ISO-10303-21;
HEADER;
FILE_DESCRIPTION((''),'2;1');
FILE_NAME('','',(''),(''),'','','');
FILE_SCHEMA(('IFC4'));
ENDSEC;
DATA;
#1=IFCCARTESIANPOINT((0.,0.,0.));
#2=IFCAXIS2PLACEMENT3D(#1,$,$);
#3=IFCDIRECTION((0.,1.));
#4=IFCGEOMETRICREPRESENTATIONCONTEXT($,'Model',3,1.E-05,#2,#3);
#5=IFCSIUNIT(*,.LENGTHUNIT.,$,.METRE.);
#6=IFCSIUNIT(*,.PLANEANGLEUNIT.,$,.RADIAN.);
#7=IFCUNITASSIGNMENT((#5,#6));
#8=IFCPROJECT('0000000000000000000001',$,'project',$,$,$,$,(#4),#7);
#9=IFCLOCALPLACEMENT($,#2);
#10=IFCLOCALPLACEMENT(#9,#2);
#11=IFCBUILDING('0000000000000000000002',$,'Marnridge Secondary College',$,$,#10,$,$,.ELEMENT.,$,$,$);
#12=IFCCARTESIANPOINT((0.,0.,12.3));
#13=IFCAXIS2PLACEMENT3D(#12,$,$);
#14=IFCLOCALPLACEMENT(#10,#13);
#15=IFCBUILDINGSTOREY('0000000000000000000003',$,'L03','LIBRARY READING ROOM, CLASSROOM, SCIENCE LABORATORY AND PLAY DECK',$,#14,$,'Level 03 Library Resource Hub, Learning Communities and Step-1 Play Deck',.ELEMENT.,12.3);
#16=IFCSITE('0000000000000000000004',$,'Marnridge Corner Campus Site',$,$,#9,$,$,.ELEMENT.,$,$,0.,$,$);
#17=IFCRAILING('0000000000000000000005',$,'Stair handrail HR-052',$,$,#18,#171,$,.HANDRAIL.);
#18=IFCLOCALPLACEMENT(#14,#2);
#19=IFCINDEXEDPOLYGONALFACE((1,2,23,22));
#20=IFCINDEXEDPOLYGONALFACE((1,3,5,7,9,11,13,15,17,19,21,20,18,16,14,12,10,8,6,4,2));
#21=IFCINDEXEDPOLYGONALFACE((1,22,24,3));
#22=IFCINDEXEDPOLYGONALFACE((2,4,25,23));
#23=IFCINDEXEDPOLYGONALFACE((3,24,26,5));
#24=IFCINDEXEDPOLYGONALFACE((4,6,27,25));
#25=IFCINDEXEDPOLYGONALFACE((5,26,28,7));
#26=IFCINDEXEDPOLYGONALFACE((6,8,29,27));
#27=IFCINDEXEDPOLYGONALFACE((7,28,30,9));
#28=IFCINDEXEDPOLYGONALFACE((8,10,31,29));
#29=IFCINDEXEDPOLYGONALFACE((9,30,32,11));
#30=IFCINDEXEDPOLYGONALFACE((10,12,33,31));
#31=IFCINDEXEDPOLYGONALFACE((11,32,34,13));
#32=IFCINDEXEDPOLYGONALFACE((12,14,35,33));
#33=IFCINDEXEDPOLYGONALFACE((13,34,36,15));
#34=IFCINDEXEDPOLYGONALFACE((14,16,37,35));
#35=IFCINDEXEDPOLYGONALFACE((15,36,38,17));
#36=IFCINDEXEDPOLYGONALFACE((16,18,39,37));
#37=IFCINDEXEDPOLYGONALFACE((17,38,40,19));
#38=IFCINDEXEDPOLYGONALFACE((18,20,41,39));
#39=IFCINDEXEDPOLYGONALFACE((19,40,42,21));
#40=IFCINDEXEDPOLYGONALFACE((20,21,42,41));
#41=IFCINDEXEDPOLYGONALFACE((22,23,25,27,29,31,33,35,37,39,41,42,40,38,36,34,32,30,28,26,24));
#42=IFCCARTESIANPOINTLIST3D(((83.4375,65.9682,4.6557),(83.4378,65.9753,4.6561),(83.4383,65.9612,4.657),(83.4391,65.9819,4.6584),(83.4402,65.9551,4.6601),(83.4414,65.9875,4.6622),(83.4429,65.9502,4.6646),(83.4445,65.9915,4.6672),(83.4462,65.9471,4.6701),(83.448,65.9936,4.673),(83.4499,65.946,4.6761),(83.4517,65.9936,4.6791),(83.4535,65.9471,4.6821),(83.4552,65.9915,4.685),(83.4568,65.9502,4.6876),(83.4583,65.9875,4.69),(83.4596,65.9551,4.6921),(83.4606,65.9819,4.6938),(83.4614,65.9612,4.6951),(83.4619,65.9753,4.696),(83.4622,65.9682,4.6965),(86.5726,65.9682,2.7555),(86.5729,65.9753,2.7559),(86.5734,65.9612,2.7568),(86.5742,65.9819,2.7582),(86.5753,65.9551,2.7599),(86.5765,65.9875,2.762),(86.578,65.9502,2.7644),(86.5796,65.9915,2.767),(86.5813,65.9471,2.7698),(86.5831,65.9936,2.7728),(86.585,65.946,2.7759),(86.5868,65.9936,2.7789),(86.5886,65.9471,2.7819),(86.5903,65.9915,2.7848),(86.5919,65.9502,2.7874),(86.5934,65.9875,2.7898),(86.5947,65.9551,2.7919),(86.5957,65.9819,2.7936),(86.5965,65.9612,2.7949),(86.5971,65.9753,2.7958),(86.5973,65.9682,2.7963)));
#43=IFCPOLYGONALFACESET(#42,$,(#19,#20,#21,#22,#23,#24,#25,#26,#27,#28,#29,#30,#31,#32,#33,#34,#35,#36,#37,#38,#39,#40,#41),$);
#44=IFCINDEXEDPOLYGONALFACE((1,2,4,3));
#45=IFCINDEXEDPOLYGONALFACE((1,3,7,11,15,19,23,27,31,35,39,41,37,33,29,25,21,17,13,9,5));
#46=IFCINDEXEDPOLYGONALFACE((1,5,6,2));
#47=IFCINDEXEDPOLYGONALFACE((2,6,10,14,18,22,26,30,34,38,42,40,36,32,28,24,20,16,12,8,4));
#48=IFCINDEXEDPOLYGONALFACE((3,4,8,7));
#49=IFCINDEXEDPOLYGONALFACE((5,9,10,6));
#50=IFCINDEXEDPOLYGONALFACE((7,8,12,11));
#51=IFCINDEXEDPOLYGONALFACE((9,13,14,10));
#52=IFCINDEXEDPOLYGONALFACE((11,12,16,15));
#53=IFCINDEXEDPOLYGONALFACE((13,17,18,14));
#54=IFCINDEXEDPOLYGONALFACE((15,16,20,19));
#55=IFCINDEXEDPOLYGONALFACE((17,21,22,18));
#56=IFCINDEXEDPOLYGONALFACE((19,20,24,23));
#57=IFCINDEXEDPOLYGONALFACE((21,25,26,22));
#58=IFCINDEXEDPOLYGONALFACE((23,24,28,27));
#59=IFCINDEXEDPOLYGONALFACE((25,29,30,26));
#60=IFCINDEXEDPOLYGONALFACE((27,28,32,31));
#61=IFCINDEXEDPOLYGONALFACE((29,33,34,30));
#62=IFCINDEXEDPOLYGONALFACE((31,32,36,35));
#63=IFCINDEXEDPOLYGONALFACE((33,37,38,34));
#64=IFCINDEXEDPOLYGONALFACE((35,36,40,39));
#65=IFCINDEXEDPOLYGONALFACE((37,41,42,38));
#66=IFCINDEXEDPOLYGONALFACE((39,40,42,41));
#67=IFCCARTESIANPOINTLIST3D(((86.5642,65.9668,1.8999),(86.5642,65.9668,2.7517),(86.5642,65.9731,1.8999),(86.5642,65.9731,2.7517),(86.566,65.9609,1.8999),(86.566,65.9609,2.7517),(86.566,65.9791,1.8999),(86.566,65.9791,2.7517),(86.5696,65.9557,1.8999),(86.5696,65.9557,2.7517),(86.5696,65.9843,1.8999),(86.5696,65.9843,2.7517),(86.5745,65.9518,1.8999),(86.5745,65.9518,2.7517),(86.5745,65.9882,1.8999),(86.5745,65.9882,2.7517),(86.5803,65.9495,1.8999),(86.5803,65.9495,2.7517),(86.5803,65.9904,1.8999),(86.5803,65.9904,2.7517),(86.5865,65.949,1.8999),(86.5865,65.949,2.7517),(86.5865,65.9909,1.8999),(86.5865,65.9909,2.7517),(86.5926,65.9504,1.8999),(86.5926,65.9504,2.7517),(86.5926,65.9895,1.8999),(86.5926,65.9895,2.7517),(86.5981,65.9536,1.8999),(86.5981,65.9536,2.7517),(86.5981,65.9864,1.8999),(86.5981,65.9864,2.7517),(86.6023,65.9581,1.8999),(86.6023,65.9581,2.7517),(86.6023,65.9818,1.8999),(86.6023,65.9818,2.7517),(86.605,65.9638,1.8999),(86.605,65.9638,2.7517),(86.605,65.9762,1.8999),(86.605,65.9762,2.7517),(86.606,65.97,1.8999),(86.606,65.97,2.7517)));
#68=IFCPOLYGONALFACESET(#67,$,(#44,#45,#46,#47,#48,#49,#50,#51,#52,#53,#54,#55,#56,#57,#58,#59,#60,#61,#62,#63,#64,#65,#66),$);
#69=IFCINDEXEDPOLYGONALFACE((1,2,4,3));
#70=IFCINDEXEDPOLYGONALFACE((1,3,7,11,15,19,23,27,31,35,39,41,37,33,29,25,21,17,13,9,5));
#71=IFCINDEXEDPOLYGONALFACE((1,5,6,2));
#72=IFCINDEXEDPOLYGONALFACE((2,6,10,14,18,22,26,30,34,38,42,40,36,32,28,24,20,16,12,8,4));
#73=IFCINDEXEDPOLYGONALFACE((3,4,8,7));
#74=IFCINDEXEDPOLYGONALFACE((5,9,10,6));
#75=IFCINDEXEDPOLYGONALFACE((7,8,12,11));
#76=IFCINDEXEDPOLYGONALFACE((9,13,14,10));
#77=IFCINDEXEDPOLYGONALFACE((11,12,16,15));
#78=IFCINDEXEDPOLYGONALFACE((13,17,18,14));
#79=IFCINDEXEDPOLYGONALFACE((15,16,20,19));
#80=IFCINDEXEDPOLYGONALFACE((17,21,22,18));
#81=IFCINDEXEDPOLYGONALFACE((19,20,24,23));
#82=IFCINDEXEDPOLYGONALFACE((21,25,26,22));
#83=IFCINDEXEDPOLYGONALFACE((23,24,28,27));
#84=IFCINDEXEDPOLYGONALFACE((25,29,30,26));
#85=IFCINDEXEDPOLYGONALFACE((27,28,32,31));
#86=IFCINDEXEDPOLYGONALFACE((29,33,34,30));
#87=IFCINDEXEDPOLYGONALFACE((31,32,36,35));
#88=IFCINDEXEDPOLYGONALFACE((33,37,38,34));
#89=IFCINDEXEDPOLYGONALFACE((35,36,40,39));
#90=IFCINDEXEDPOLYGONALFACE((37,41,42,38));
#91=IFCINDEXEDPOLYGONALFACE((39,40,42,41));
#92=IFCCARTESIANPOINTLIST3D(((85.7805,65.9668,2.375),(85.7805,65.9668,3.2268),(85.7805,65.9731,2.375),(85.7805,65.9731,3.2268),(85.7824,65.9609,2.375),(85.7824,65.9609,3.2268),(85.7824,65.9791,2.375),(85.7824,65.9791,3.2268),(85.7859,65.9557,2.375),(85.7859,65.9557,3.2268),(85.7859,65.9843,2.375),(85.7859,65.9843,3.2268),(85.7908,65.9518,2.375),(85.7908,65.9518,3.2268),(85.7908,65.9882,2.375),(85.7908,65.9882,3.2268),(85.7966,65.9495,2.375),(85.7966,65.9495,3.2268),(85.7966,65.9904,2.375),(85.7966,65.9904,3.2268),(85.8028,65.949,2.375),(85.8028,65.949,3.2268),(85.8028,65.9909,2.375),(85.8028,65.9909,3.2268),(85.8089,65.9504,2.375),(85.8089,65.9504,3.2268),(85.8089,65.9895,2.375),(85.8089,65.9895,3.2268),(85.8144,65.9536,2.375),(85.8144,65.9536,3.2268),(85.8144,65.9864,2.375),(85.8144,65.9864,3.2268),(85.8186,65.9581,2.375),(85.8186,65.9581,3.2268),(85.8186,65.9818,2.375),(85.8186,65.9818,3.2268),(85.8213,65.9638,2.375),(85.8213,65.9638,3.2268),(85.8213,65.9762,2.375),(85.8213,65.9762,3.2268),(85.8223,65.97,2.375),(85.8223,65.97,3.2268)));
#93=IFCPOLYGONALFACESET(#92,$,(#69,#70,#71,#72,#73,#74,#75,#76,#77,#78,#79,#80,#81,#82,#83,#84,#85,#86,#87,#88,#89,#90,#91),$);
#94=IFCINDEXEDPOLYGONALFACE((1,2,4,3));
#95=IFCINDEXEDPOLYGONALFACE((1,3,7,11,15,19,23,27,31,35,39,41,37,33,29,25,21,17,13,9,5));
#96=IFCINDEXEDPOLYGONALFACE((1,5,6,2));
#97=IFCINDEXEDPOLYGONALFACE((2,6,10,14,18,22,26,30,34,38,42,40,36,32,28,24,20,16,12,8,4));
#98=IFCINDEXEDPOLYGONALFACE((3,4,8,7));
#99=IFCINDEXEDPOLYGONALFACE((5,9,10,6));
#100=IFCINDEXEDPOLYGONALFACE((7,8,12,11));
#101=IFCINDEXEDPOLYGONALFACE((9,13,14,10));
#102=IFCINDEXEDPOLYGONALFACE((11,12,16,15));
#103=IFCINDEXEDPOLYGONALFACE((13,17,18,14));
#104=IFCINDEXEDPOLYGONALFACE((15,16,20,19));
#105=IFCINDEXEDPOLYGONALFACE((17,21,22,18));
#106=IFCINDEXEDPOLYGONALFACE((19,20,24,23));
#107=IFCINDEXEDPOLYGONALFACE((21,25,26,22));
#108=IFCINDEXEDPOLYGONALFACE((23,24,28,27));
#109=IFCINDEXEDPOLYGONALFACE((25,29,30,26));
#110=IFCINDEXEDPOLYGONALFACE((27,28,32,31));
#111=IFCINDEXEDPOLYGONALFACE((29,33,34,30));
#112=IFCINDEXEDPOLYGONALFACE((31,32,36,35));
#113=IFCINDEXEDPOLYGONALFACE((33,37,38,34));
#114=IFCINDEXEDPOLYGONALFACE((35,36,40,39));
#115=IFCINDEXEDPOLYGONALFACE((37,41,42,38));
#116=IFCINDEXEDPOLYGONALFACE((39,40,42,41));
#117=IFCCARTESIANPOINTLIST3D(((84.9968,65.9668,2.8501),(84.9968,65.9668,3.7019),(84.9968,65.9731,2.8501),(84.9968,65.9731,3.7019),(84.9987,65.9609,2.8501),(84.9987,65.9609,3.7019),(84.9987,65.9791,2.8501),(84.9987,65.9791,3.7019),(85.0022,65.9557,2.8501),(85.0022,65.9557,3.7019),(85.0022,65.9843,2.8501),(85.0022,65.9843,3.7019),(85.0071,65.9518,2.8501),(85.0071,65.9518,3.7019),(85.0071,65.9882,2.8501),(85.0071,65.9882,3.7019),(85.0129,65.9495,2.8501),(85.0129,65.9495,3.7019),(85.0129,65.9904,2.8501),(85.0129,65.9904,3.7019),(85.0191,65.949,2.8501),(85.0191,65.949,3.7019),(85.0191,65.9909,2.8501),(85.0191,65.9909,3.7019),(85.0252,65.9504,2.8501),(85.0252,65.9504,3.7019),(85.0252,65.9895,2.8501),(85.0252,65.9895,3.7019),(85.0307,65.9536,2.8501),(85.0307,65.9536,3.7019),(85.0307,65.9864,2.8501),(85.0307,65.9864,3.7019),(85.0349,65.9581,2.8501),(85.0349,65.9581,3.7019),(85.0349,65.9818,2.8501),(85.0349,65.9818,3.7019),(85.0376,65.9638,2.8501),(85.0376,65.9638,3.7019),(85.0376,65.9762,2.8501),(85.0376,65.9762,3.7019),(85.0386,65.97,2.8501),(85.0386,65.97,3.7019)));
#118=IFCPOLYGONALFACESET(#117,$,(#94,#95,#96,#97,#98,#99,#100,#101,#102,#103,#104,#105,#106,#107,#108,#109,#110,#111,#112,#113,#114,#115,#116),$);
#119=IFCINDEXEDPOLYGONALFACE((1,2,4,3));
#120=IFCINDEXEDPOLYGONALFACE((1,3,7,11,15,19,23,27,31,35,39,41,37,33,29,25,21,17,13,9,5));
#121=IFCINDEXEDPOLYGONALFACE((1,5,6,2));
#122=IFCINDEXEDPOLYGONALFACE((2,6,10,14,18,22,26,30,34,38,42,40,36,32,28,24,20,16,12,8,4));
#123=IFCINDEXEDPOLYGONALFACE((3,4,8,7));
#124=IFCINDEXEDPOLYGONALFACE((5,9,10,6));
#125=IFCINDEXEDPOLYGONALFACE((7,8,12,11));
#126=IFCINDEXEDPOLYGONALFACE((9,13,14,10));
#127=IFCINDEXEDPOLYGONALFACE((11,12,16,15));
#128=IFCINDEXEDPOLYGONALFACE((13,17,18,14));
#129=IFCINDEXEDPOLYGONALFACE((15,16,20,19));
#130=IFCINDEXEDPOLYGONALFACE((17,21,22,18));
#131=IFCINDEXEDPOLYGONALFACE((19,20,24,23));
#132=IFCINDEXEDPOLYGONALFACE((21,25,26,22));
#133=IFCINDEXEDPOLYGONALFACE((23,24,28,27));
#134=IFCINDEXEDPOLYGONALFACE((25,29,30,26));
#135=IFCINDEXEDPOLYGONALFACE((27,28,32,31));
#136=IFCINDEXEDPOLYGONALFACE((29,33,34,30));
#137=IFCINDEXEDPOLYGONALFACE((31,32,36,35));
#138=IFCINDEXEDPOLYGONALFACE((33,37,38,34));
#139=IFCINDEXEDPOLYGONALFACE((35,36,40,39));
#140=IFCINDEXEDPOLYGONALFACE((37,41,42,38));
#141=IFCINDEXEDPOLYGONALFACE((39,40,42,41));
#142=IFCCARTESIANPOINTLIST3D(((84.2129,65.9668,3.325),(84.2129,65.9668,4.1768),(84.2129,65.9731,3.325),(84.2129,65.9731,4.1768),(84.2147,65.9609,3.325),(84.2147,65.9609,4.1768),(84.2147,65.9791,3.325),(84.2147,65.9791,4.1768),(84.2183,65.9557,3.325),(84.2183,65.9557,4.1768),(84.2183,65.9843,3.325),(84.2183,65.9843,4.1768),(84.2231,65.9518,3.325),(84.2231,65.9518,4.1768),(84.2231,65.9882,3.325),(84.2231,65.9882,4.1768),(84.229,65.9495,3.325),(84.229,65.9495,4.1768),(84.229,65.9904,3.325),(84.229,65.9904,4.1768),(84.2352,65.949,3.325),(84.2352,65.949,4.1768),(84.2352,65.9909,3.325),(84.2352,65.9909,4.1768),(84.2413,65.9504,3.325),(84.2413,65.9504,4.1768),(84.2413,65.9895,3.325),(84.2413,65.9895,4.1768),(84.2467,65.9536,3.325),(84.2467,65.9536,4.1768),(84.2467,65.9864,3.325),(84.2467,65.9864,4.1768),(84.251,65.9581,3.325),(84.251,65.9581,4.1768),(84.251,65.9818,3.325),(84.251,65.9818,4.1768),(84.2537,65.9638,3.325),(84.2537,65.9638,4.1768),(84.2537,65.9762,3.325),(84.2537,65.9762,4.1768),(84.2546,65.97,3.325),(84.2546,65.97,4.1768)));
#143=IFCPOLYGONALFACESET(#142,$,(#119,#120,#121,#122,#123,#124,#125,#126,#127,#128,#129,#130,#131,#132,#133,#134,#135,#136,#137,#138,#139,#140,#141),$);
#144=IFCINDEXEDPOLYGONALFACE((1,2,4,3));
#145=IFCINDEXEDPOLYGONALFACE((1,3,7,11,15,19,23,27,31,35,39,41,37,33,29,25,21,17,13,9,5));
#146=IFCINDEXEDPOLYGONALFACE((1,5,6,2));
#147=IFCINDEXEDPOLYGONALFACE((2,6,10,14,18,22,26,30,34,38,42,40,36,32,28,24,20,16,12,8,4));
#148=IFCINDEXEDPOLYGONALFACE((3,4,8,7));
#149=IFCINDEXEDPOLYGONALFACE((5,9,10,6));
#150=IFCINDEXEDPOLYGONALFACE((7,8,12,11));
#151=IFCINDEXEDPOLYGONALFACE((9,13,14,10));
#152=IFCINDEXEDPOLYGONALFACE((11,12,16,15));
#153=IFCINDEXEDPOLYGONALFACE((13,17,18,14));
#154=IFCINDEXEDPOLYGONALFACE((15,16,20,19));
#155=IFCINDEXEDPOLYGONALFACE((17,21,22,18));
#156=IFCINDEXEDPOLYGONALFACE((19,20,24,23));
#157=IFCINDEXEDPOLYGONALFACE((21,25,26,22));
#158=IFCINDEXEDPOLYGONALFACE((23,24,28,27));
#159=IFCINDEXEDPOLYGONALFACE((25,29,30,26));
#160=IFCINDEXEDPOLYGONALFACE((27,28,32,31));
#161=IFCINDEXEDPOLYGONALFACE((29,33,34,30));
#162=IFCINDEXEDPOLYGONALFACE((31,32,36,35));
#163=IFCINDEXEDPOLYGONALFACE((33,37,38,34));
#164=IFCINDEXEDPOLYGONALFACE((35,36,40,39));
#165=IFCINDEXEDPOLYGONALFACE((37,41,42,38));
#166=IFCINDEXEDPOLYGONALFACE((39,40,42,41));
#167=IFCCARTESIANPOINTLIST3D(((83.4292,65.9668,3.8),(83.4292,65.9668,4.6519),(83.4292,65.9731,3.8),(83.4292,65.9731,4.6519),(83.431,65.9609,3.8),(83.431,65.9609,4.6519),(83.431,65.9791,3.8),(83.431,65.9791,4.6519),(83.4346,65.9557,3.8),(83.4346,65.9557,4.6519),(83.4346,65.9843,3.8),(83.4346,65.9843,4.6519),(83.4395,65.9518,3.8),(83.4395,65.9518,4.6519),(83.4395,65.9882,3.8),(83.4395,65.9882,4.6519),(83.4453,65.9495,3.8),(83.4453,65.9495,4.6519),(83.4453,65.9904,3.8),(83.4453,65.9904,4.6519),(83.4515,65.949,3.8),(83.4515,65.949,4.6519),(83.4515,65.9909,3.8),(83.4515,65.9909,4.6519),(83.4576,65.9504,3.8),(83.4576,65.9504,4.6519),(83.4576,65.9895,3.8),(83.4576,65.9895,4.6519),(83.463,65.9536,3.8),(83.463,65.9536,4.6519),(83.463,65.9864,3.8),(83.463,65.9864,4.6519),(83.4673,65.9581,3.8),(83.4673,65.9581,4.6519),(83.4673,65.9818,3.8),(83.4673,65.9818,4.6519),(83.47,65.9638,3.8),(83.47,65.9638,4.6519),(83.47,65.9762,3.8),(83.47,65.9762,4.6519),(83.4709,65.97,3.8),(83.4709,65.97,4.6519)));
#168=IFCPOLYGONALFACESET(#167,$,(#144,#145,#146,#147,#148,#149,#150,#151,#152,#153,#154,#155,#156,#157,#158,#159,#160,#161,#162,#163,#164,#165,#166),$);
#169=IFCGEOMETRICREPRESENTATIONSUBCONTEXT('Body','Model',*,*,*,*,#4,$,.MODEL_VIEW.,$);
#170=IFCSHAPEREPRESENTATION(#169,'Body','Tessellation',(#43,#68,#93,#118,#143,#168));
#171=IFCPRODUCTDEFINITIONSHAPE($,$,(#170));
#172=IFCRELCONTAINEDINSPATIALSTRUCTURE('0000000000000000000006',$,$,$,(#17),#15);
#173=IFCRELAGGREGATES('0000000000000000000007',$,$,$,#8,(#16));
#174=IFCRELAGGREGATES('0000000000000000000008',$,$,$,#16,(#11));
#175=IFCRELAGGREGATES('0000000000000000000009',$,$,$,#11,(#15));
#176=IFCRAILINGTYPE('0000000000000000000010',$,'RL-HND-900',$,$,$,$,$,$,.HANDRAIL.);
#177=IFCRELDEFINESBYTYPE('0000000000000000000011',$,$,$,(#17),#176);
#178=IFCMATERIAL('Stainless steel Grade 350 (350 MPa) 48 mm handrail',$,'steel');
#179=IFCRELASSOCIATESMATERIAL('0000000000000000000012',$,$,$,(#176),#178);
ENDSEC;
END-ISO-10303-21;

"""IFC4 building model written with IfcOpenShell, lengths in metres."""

from ifc_helpers import new_model, si_unit, direction, frame, origin, origin_2d, place, context, subcontext, project, spatial, circle, extrude, material, type_object, element, save


model = new_model("IFC4")

# Units and contexts
model_context = context("Model", 3, precision=1e-05, world=origin(), true_north=direction((0.0, 1.0)))
body_context = subcontext(model_context, "Body", "Model", "MODEL_VIEW")
ifc_project = project(units=[si_unit("LENGTHUNIT", "METRE"), si_unit("PLANEANGLEUNIT", "RADIAN")], contexts=[model_context])

# Site, building, storey
site_placement = place(None, origin())
site = spatial("IfcSite", under=ifc_project, at=site_placement, Name="Marnridge Corner Campus Site", CompositionType="ELEMENT", RefElevation=0.0)
building_placement = place(site_placement, origin())
building = spatial("IfcBuilding", under=site, at=building_placement, Name="Marnridge Secondary College", CompositionType="ELEMENT")
storey_placement = place(building_placement, frame((0.0, 0.0, 12.3)))
storey = spatial("IfcBuildingStorey", under=building, at=storey_placement, Name="L03", Description="LIBRARY READING ROOM, CLASSROOM, SCIENCE LABORATORY AND PLAY DECK", LongName="Level 03 Library Resource Hub, Learning Communities and Step-1 Play Deck", CompositionType="ELEMENT", Elevation=12.3)

# Railing
ifc_material_1 = material(Name="Stainless steel Grade 350 (350 MPa) 48 mm handrail", Category="steel")
railing_type_1 = type_object("IfcRailingType", Name="RL-HND-900", PredefinedType="HANDRAIL", material=ifc_material_1)
railing_1_placement = place(storey_placement, frame((86.585, 65.97, 1.8999)))
element("IfcRailing", 1, at=railing_1_placement, inside=storey, type_object=railing_type_1, Name="Stair handrail HR-052", PredefinedType="HANDRAIL", context=body_context, shape_type="SweptSolid", body=[
    extrude(circle(Radius=0.0239, at=origin_2d()), frame((0.0, 0.0, 0.876), z_axis=(-0.855181, 0.0, 0.51833), x_axis=(0.0, -1.0, 0.0)), (0.0, 0.0, 1.0), 3.666),
    extrude(circle(Radius=0.021, at=origin_2d()), origin(), (0.0, 0.0, 1.0), 0.8518),
    extrude(circle(Radius=0.021, at=origin_2d()), frame((-0.7837, 0.0, 0.4751)), (0.0, 0.0, 1.0), 0.8518),
    extrude(circle(Radius=0.021, at=origin_2d()), frame((-1.5674, 0.0, 0.9502)), (0.0, 0.0, 1.0), 0.8518),
    extrude(circle(Radius=0.021, at=origin_2d()), frame((-2.3513, 0.0, 1.425)), (0.0, 0.0, 1.0), 0.8518),
    extrude(circle(Radius=0.021, at=origin_2d()), frame((-3.135, 0.0, 1.9001)), (0.0, 0.0, 1.0), 0.8518),
])

save(model, "model.ifc")
